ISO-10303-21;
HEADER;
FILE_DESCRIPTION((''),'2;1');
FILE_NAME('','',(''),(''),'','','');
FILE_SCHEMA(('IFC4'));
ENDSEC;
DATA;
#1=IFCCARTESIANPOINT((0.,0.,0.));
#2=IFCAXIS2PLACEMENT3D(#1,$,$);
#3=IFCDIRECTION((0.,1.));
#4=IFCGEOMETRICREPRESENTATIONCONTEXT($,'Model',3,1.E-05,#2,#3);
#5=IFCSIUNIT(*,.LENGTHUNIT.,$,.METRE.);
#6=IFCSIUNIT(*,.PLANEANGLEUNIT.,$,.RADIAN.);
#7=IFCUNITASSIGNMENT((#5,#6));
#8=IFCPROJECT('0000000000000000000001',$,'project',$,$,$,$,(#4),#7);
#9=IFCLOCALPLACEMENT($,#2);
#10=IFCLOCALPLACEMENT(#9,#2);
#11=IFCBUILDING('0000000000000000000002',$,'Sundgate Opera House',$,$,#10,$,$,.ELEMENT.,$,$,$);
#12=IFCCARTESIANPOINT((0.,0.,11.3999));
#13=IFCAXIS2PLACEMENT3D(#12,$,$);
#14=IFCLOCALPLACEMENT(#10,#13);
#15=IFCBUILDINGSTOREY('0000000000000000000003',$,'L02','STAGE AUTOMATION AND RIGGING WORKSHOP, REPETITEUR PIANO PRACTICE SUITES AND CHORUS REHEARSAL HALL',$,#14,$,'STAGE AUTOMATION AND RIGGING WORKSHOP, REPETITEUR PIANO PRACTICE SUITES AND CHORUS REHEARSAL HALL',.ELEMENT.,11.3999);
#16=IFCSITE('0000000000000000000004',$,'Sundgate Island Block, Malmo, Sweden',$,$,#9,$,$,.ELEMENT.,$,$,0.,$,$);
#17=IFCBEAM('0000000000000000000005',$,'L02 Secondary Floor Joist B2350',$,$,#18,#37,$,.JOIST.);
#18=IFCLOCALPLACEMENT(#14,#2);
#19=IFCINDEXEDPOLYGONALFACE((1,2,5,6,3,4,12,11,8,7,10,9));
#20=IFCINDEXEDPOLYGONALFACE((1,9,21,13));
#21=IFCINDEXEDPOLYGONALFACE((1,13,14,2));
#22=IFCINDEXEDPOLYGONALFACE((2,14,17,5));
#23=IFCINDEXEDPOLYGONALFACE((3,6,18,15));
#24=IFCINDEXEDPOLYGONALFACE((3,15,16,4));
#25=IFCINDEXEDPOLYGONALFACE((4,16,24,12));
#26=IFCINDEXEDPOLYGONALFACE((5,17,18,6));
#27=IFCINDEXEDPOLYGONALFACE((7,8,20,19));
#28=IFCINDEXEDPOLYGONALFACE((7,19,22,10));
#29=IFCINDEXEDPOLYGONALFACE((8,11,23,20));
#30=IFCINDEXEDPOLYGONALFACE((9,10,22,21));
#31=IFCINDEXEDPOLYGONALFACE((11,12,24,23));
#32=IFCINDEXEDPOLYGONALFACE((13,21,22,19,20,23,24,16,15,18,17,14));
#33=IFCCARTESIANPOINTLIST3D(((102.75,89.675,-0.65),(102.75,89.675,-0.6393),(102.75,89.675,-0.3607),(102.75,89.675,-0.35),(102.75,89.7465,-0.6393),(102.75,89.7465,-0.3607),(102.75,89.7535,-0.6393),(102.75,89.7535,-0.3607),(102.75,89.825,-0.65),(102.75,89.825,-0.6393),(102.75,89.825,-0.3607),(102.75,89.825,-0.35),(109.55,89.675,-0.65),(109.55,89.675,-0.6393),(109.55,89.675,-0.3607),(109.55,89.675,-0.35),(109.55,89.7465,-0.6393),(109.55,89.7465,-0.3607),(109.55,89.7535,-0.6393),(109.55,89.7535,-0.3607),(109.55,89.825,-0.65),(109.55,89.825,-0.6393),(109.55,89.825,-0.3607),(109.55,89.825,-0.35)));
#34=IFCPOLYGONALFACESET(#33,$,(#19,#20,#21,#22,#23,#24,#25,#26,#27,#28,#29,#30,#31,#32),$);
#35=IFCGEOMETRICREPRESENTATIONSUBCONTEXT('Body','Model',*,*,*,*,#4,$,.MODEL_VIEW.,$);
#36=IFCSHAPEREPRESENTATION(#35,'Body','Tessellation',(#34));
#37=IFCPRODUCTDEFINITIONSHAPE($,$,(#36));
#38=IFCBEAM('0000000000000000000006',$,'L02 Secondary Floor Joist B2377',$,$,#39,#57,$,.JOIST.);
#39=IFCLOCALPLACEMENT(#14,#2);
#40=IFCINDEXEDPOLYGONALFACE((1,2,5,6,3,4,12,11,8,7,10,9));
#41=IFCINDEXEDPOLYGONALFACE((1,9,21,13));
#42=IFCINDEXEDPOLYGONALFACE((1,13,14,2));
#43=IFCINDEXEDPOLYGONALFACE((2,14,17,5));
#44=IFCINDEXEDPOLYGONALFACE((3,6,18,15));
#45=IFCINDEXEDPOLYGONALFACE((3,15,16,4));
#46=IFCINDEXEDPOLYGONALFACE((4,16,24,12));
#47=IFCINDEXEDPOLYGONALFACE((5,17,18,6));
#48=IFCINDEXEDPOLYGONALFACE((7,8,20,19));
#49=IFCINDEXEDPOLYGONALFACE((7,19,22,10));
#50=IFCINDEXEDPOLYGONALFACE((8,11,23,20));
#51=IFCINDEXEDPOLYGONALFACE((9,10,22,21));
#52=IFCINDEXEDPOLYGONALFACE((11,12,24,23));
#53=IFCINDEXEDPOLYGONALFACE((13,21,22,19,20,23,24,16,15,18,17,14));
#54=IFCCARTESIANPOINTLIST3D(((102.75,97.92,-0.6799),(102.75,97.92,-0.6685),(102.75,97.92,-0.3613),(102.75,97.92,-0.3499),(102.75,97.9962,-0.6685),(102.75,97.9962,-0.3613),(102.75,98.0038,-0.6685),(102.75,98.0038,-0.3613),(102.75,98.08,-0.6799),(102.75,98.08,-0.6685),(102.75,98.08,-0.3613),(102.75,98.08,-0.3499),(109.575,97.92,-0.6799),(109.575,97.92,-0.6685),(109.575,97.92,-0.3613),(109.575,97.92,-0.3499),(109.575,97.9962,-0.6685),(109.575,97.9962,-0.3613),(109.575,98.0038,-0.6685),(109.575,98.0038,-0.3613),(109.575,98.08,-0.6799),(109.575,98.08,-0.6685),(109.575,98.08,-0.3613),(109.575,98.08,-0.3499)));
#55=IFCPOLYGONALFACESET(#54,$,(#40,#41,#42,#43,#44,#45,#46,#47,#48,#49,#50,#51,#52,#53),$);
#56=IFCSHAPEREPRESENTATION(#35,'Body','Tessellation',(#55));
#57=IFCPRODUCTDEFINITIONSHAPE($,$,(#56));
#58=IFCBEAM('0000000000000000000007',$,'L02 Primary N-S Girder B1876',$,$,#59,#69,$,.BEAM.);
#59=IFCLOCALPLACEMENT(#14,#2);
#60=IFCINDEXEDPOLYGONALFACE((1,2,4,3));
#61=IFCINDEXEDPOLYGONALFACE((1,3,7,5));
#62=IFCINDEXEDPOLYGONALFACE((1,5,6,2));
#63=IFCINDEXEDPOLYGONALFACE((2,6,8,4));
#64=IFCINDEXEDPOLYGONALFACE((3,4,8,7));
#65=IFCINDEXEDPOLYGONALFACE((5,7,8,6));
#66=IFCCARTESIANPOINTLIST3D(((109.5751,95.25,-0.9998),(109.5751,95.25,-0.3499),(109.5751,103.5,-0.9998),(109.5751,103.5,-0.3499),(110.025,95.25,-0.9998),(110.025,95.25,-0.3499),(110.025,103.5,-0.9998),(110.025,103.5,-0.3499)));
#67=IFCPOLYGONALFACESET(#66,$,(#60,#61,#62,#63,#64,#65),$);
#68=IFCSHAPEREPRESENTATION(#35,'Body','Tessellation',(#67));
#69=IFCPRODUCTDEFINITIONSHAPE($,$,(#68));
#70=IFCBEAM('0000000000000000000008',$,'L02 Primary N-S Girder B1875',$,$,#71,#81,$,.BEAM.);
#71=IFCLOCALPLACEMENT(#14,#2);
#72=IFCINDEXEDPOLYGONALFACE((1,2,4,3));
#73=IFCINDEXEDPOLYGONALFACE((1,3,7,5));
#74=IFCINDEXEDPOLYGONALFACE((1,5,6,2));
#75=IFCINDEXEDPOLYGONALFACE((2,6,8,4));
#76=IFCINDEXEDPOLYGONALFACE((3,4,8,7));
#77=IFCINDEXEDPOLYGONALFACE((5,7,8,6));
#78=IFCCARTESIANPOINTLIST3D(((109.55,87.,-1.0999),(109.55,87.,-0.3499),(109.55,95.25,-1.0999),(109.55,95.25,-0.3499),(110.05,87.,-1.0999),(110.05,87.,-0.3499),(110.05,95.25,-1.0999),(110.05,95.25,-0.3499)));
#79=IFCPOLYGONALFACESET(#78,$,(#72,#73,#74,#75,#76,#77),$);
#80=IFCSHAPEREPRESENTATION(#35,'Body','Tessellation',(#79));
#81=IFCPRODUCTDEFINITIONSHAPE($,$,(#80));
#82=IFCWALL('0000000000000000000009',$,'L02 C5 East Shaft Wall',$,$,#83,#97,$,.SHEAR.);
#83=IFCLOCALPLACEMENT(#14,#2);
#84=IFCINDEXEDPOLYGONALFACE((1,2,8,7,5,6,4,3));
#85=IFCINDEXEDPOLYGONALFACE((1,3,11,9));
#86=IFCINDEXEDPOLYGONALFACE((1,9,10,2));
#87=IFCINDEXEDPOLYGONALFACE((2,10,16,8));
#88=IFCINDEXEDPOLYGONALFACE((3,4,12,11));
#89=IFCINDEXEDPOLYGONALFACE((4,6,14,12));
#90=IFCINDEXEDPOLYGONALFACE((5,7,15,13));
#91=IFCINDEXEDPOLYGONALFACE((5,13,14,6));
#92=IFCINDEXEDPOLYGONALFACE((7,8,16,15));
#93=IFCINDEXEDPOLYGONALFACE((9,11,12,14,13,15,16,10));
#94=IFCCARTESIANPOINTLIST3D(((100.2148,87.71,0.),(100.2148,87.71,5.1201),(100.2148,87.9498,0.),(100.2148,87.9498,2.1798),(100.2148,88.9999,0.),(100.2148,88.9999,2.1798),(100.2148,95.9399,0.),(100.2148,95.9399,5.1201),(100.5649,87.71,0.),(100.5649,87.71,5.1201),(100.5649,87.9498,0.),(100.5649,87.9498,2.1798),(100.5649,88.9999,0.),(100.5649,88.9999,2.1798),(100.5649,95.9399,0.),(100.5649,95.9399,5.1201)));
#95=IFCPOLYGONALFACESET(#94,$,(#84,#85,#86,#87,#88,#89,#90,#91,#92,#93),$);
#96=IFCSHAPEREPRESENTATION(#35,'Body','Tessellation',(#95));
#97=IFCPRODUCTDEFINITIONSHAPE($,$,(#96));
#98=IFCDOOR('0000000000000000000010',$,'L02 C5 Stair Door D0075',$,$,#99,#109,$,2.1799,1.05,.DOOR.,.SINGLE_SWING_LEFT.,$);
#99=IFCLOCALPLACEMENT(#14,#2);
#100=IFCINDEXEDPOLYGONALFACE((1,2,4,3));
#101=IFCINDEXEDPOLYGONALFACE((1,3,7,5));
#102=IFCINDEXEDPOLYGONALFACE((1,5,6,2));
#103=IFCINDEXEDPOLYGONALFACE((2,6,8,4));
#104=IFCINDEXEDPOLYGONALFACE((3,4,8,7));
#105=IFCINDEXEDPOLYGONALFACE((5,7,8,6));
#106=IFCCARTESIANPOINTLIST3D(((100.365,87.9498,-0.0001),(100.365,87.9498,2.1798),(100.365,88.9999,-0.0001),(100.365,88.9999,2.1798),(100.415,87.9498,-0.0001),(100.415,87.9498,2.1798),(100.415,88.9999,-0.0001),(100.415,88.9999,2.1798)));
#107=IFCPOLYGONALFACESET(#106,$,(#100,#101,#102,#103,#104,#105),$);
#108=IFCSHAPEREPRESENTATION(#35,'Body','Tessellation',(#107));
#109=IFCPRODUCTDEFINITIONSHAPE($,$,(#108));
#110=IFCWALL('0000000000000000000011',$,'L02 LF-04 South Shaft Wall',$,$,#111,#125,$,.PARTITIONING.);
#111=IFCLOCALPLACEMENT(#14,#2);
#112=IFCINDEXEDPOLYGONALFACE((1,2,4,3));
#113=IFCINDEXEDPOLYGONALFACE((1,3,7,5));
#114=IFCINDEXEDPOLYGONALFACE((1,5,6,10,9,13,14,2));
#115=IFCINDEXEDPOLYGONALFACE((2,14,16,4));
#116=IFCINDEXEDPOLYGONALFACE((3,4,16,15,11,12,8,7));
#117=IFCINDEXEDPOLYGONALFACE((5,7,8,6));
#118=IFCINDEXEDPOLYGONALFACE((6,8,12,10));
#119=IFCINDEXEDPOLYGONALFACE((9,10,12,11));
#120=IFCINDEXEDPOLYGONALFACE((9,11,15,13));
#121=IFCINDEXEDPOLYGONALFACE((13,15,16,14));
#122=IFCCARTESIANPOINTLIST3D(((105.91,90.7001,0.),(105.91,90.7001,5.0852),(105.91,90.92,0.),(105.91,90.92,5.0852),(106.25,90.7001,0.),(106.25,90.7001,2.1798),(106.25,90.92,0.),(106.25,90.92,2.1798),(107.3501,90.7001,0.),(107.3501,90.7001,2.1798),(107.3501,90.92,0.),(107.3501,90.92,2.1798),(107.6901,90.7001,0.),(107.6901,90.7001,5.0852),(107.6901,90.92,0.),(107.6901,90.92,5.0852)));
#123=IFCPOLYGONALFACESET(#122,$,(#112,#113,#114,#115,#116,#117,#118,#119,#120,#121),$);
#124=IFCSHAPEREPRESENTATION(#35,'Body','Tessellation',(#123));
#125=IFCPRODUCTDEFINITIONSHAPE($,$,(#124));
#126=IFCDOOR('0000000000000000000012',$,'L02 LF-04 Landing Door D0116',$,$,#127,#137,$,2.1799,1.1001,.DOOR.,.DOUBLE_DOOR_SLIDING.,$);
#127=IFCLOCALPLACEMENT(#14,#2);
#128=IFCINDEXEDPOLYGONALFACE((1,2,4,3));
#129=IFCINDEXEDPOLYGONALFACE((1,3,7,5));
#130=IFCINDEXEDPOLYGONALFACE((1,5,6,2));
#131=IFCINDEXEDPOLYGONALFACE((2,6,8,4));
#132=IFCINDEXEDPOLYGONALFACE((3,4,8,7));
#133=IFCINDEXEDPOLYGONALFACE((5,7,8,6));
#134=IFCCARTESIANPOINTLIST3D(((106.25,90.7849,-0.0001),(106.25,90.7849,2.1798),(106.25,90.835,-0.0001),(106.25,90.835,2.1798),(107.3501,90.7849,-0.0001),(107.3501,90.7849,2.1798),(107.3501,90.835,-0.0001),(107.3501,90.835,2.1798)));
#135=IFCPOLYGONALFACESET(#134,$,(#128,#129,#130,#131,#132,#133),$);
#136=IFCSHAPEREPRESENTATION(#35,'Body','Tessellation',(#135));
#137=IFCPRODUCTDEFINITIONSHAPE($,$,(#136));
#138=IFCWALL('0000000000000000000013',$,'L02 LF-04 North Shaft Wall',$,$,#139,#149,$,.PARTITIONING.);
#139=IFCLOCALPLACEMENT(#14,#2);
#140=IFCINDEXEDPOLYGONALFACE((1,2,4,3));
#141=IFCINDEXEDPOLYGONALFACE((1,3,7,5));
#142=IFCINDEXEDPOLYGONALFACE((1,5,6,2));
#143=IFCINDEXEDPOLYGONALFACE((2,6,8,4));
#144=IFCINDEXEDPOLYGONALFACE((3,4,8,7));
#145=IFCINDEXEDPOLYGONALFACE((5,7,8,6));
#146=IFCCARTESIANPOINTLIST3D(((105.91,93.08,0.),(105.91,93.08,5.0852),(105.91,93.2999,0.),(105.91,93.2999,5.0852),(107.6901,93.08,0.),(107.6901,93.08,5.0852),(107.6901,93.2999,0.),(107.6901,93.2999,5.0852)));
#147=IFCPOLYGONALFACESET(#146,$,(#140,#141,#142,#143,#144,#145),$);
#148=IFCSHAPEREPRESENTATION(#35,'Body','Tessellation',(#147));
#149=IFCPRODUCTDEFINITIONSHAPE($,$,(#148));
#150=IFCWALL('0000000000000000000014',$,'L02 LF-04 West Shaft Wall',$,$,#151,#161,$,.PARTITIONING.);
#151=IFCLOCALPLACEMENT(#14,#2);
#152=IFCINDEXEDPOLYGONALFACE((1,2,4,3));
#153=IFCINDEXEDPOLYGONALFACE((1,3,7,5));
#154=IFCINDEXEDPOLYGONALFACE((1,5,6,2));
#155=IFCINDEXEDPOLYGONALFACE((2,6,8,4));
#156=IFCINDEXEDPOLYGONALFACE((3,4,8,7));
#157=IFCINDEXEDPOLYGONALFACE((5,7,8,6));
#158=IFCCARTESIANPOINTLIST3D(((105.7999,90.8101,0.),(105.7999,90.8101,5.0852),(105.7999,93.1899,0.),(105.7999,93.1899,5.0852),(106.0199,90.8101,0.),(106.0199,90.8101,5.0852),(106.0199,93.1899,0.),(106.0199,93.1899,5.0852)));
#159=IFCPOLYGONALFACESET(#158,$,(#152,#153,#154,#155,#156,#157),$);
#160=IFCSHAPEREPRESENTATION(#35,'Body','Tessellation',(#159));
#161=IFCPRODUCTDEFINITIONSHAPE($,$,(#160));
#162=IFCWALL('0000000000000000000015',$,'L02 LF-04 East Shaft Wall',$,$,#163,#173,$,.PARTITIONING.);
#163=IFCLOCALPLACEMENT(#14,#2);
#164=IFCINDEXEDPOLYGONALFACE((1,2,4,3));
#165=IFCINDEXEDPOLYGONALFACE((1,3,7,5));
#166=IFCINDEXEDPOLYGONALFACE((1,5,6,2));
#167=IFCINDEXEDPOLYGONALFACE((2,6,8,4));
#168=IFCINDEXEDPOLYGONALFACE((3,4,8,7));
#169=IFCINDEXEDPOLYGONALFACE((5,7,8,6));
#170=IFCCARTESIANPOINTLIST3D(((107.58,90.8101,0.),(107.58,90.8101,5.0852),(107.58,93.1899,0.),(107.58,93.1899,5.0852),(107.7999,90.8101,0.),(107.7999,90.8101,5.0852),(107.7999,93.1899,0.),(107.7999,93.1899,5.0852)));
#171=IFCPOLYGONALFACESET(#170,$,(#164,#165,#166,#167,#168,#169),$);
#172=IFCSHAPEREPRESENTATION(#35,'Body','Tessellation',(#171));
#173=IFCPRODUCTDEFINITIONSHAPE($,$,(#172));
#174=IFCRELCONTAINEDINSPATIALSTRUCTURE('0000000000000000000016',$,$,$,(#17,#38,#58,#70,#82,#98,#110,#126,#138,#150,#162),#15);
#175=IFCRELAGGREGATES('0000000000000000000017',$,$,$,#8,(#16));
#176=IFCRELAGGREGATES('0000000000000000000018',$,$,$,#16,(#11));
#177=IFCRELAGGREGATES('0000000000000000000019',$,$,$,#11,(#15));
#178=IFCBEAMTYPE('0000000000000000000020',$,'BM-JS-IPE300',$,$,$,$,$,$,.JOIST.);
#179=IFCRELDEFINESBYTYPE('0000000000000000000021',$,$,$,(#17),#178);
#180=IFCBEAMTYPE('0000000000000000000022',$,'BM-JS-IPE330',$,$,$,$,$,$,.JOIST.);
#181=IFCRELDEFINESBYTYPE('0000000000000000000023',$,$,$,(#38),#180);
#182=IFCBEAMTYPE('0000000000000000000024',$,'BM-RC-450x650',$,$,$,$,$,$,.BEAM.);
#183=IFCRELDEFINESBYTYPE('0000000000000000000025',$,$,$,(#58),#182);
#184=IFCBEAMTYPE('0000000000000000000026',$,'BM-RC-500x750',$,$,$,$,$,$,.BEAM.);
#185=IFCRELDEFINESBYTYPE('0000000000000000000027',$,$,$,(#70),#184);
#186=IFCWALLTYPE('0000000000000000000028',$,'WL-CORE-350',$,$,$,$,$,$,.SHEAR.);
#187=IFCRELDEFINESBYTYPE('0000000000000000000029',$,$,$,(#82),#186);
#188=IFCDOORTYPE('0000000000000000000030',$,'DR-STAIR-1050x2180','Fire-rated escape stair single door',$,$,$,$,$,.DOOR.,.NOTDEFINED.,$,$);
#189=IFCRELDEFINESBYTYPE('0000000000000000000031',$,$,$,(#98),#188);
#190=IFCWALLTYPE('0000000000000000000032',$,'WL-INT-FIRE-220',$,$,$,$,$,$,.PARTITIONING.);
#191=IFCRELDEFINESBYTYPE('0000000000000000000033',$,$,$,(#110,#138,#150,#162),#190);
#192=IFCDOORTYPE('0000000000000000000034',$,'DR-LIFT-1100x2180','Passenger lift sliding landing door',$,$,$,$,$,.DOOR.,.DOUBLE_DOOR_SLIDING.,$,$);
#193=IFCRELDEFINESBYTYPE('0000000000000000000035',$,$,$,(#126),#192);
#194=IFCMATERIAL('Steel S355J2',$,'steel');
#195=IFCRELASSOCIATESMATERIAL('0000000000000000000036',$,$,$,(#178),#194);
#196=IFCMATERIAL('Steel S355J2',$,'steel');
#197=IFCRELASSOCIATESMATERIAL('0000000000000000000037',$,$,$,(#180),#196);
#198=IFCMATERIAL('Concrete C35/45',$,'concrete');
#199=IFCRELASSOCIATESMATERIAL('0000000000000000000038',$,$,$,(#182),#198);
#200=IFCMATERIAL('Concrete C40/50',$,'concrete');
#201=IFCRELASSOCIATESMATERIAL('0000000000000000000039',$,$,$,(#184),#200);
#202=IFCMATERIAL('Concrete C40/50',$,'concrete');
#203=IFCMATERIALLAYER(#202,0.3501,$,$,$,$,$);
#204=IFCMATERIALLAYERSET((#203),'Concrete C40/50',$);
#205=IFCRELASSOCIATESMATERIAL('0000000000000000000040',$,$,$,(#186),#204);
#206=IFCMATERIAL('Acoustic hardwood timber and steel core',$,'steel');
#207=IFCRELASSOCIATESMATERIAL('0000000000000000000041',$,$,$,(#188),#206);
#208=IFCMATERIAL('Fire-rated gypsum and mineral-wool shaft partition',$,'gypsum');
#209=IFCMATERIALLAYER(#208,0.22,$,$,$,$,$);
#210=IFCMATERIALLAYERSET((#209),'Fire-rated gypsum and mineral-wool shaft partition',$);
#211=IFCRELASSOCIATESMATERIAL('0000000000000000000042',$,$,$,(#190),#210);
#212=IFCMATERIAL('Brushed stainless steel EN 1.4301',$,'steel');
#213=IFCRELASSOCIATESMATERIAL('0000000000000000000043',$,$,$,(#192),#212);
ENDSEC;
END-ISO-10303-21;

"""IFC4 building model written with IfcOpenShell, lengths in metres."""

from ifc_helpers import new_model, si_unit, direction, frame, frame_2d, origin, origin_2d, place, context, subcontext, project, spatial, rectangle, i_section, extrude, material, layer, layer_set, material_profile, profile_set, type_object, element, fill, save


model = new_model("IFC4")

# Units and contexts
model_context = context("Model", 3, precision=1e-05, world=origin(), true_north=direction((0.0, 1.0)))
body_context = subcontext(model_context, "Body", "Model", "MODEL_VIEW")
ifc_project = project(units=[si_unit("LENGTHUNIT", "METRE"), si_unit("PLANEANGLEUNIT", "RADIAN")], contexts=[model_context])

# Site, building, storey
site_placement = place(None, origin())
site = spatial("IfcSite", under=ifc_project, at=site_placement, Name="Sundgate Island Block, Malmo, Sweden", CompositionType="ELEMENT", RefElevation=0.0)
building_placement = place(site_placement, origin())
building = spatial("IfcBuilding", under=site, at=building_placement, Name="Sundgate Opera House", CompositionType="ELEMENT")
storey_placement = place(building_placement, frame((0.0, 0.0, 11.3999)))
storey = spatial("IfcBuildingStorey", under=building, at=storey_placement, Name="L02", Description="STAGE AUTOMATION AND RIGGING WORKSHOP, REPETITEUR PIANO PRACTICE SUITES AND CHORUS REHEARSAL HALL", LongName="STAGE AUTOMATION AND RIGGING WORKSHOP, REPETITEUR PIANO PRACTICE SUITES AND CHORUS REHEARSAL HALL", CompositionType="ELEMENT", Elevation=11.3999)

# Beams
ifc_material_1 = material(Name="Steel S355J2", Category="steel")
ifc_material_profile_1 = material_profile(ifc_material_1, i_section(OverallWidth=0.1499, OverallDepth=0.3, WebThickness=0.0071, FlangeThickness=0.0107, at=origin_2d()), Name="IPE 300")
ifc_profile_set_1 = profile_set([ifc_material_profile_1], Name="Steel S355J2")
beam_type_1 = type_object("IfcBeamType", Name="BM-JS-IPE300", PredefinedType="JOIST", material=ifc_profile_set_1)
beam_1_placement = place(storey_placement, frame((102.75, 89.75, -0.5), z_axis=(1.0, 0.0, 0.0), x_axis=(0.0, 1.0, 0.0)))
element("IfcBeam", 1, at=beam_1_placement, inside=storey, type_object=beam_type_1, Name="L02 Secondary Floor Joist B2350", PredefinedType="JOIST", context=body_context, shape_type="SweptSolid", body=[
    extrude(i_section(OverallWidth=0.1499, OverallDepth=0.3, WebThickness=0.0071, FlangeThickness=0.0107, at=origin_2d()), origin(), (0.0, 0.0, 1.0), 6.8),
])
ifc_material_2 = material(Name="Steel S355J2", Category="steel")
ifc_material_profile_2 = material_profile(ifc_material_2, i_section(OverallWidth=0.1599, OverallDepth=0.3301, WebThickness=0.0076, FlangeThickness=0.0115, at=origin_2d()), Name="IPE 330")
ifc_profile_set_2 = profile_set([ifc_material_profile_2], Name="Steel S355J2")
beam_type_2 = type_object("IfcBeamType", Name="BM-JS-IPE330", PredefinedType="JOIST", material=ifc_profile_set_2)
beam_2_placement = place(storey_placement, frame((102.75, 98.0, -0.5149), z_axis=(1.0, 0.0, 0.0), x_axis=(0.0, 1.0, 0.0)))
element("IfcBeam", 2, at=beam_2_placement, inside=storey, type_object=beam_type_2, Name="L02 Secondary Floor Joist B2377", PredefinedType="JOIST", context=body_context, shape_type="SweptSolid", body=[
    extrude(i_section(OverallWidth=0.1599, OverallDepth=0.3301, WebThickness=0.0076, FlangeThickness=0.0115, at=origin_2d()), origin(), (0.0, 0.0, 1.0), 6.825),
])
ifc_material_3 = material(Name="Concrete C35/45", Category="concrete")
ifc_material_profile_3 = material_profile(ifc_material_3, rectangle(XDim=0.45, YDim=0.6499, at=origin_2d()), Name="RC 450x650")
ifc_profile_set_3 = profile_set([ifc_material_profile_3], Name="Concrete C35/45")
beam_type_3 = type_object("IfcBeamType", Name="BM-RC-450x650", PredefinedType="BEAM", material=ifc_profile_set_3)
beam_3_placement = place(storey_placement, frame((109.8, 95.25, -0.6748), z_axis=(0.0, 1.0, 0.0), x_axis=(-1.0, 0.0, 0.0)))
element("IfcBeam", 3, at=beam_3_placement, inside=storey, type_object=beam_type_3, Name="L02 Primary N-S Girder B1876", PredefinedType="BEAM", context=body_context, shape_type="SweptSolid", body=[
    extrude(rectangle(XDim=0.45, YDim=0.6499, at=origin_2d()), origin(), (0.0, 0.0, 1.0), 8.25),
])
ifc_material_4 = material(Name="Concrete C40/50", Category="concrete")
ifc_material_profile_4 = material_profile(ifc_material_4, rectangle(XDim=0.5, YDim=0.75, at=origin_2d()), Name="RC 500x750")
ifc_profile_set_4 = profile_set([ifc_material_profile_4], Name="Concrete C40/50")
beam_type_4 = type_object("IfcBeamType", Name="BM-RC-500x750", PredefinedType="BEAM", material=ifc_profile_set_4)
beam_4_placement = place(storey_placement, frame((109.8, 87.0, -0.7249), z_axis=(0.0, 1.0, 0.0), x_axis=(-1.0, 0.0, 0.0)))
element("IfcBeam", 4, at=beam_4_placement, inside=storey, type_object=beam_type_4, Name="L02 Primary N-S Girder B1875", PredefinedType="BEAM", context=body_context, shape_type="SweptSolid", body=[
    extrude(rectangle(XDim=0.5, YDim=0.75, at=origin_2d()), origin(), (0.0, 0.0, 1.0), 8.25),
])

# Walls, openings, doors
ifc_material_5 = material(Name="Concrete C40/50", Category="concrete")
ifc_layer_1 = layer(ifc_material_5, 0.3501)
ifc_layer_set_1 = layer_set([ifc_layer_1], Name="Concrete C40/50")
wall_type_1 = type_object("IfcWallType", Name="WL-CORE-350", PredefinedType="SHEAR", material=ifc_layer_set_1)
wall_1_placement = place(storey_placement, frame((100.3899, 87.71, 0.0), z_axis=(0.0, 0.0, 1.0), x_axis=(0.0, 1.0, 0.0)))
wall_1 = element("IfcWall", 5, at=wall_1_placement, inside=storey, type_object=wall_type_1, Name="L02 C5 East Shaft Wall", PredefinedType="SHEAR", context=body_context, shape_type="SweptSolid", body=[
    extrude(rectangle(XDim=8.23, YDim=0.3501, at=frame_2d((4.115, 0.0))), origin(), (0.0, 0.0, 1.0), 5.1201),
])
opening_1_placement = place(wall_1_placement, frame((0.24, 0.0, 0.0)))
opening_1 = element("IfcOpeningElement", 6, at=opening_1_placement, cuts=wall_1, PredefinedType="OPENING", context=body_context, shape_type="SweptSolid", body=[
    extrude(rectangle(XDim=1.05, YDim=2.1799, at=frame_2d((0.5249, 1.0898))), frame((0.0, 0.1851, 0.0), z_axis=(0.0, -1.0, 0.0), x_axis=(1.0, 0.0, 0.0)), (0.0, 0.0, 1.0), 0.3701),
])
ifc_material_6 = material(Name="Acoustic hardwood timber and steel core", Category="steel")
door_type_1 = type_object("IfcDoorType", Name="DR-STAIR-1050x2180", Description="Fire-rated escape stair single door", OperationType="NOTDEFINED", PredefinedType="DOOR", material=ifc_material_6)
door_1_placement = place(opening_1_placement, origin())
door_1 = element("IfcDoor", 7, at=door_1_placement, inside=storey, type_object=door_type_1, Name="L02 C5 Stair Door D0075", OperationType="SINGLE_SWING_LEFT", OverallHeight=2.1799, OverallWidth=1.05, PredefinedType="DOOR", context=body_context, shape_type="SweptSolid", body=[
    extrude(rectangle(XDim=1.05, YDim=2.1799, at=frame_2d((0.5249, 1.0898))), frame((0.0, 0.0249, 0.0), z_axis=(0.0, -1.0, 0.0), x_axis=(1.0, 0.0, 0.0)), (0.0, 0.0, 1.0), 0.05),
])
fill(opening_1, door_1)
ifc_material_7 = material(Name="Fire-rated gypsum and mineral-wool shaft partition", Category="gypsum")
ifc_layer_2 = layer(ifc_material_7, 0.22)
ifc_layer_set_2 = layer_set([ifc_layer_2], Name="Fire-rated gypsum and mineral-wool shaft partition")
wall_type_2 = type_object("IfcWallType", Name="WL-INT-FIRE-220", PredefinedType="PARTITIONING", material=ifc_layer_set_2)
wall_2_placement = place(storey_placement, frame((105.9099, 90.8101, 0.0), z_axis=(0.0, 0.0, 1.0), x_axis=(1.0, 0.0, 0.0)))
wall_2 = element("IfcWall", 8, at=wall_2_placement, inside=storey, type_object=wall_type_2, Name="L02 LF-04 South Shaft Wall", PredefinedType="PARTITIONING", context=body_context, shape_type="SweptSolid", body=[
    extrude(rectangle(XDim=1.78, YDim=0.22, at=frame_2d((0.8901, 0.0))), origin(), (0.0, 0.0, 1.0), 5.0852),
])
opening_2_placement = place(wall_2_placement, frame((0.3401, 0.0, 0.0)))
opening_2 = element("IfcOpeningElement", 9, at=opening_2_placement, cuts=wall_2, PredefinedType="OPENING", context=body_context, shape_type="SweptSolid", body=[
    extrude(rectangle(XDim=1.1001, YDim=2.1799, at=frame_2d((0.55, 1.0898))), frame((0.0, 0.1199, 0.0), z_axis=(0.0, -1.0, 0.0), x_axis=(1.0, 0.0, 0.0)), (0.0, 0.0, 1.0), 0.24),
])
ifc_material_8 = material(Name="Brushed stainless steel EN 1.4301", Category="steel")
door_type_2 = type_object("IfcDoorType", Name="DR-LIFT-1100x2180", Description="Passenger lift sliding landing door", OperationType="DOUBLE_DOOR_SLIDING", PredefinedType="DOOR", material=ifc_material_8)
door_2_placement = place(opening_2_placement, origin())
door_2 = element("IfcDoor", 10, at=door_2_placement, inside=storey, type_object=door_type_2, Name="L02 LF-04 Landing Door D0116", OperationType="DOUBLE_DOOR_SLIDING", OverallHeight=2.1799, OverallWidth=1.1001, PredefinedType="DOOR", context=body_context, shape_type="SweptSolid", body=[
    extrude(rectangle(XDim=1.1001, YDim=2.1799, at=frame_2d((0.55, 1.0898))), frame((0.0, 0.0249, 0.0), z_axis=(0.0, -1.0, 0.0), x_axis=(1.0, 0.0, 0.0)), (0.0, 0.0, 1.0), 0.05),
])
fill(opening_2, door_2)

# Walls
wall_3_placement = place(storey_placement, frame((105.9099, 93.1899, 0.0), z_axis=(0.0, 0.0, 1.0), x_axis=(1.0, 0.0, 0.0)))
element("IfcWall", 11, at=wall_3_placement, inside=storey, type_object=wall_type_2, Name="L02 LF-04 North Shaft Wall", PredefinedType="PARTITIONING", context=body_context, shape_type="SweptSolid", body=[
    extrude(rectangle(XDim=1.78, YDim=0.22, at=frame_2d((0.8901, 0.0))), origin(), (0.0, 0.0, 1.0), 5.0852),
])
for number, where, z_axis, x_axis, name in (
    (12, (105.9099, 90.8101, 0.0), (0.0, 0.0, 1.0), (0.0, 1.0, 0.0), "L02 LF-04 West Shaft Wall"),
    (13, (107.6899, 90.8101, 0.0), (0.0, 0.0, 1.0), (0.0, 1.0, 0.0), "L02 LF-04 East Shaft Wall"),
):
    element("IfcWall", number, at=place(storey_placement, frame(where, z_axis=z_axis, x_axis=x_axis)), inside=storey, type_object=wall_type_2, Name=name, PredefinedType="PARTITIONING", context=body_context, shape_type="SweptSolid", body=[
        extrude(rectangle(XDim=2.3799, YDim=0.22, at=frame_2d((1.1899, 0.0))), origin(), (0.0, 0.0, 1.0), 5.0852),
    ])

save(model, "model.ifc")
